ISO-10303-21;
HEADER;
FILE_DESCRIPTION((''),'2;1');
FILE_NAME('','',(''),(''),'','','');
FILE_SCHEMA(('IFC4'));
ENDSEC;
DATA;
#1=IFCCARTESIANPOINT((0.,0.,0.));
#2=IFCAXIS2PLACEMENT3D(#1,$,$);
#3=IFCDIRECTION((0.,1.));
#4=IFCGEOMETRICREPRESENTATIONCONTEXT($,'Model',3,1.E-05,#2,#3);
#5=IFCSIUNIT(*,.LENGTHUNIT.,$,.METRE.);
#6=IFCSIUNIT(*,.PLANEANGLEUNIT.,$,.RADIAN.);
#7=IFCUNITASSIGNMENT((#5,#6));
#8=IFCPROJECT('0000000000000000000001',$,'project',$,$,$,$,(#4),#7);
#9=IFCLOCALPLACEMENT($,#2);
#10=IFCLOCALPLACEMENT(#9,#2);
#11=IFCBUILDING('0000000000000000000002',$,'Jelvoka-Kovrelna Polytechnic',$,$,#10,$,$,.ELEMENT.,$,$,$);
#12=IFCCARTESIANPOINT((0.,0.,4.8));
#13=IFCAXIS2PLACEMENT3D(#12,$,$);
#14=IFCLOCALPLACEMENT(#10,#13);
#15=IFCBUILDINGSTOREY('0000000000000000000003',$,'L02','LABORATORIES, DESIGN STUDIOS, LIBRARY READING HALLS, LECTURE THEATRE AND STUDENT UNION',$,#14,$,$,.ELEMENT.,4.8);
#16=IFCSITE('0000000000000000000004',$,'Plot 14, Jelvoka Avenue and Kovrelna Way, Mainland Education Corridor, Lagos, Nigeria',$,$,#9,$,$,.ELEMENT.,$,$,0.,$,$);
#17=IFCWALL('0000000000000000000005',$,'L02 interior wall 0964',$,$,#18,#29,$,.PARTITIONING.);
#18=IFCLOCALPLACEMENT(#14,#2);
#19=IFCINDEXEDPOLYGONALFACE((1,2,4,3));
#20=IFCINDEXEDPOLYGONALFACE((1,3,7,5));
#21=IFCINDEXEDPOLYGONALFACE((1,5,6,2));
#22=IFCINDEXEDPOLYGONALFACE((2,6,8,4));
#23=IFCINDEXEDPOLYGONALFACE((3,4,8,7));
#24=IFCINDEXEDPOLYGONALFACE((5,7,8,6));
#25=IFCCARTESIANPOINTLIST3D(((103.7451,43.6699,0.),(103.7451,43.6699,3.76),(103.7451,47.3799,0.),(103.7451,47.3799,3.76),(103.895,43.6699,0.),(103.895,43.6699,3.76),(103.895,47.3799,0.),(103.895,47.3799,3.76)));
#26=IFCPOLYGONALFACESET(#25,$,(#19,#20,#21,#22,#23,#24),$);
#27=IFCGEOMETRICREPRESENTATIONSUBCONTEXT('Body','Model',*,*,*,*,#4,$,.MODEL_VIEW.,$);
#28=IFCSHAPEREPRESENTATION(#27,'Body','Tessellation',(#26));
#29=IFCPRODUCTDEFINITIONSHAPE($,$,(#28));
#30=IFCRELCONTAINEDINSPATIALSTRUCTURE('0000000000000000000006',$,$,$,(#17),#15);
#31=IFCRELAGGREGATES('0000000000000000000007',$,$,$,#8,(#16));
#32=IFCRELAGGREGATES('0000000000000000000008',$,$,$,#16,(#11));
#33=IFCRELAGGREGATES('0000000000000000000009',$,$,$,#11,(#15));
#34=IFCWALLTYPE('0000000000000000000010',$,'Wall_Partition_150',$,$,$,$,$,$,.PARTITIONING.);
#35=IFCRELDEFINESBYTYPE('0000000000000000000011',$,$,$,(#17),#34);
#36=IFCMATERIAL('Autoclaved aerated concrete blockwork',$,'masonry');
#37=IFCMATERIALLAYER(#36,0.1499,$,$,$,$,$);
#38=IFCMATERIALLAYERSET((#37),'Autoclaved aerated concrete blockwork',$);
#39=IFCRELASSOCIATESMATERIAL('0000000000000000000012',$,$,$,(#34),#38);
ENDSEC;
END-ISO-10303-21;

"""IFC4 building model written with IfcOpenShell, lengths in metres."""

from ifc_helpers import new_model, si_unit, direction, frame, frame_2d, origin, place, context, subcontext, project, spatial, rectangle, extrude, material, layer, layer_set, type_object, element, save


model = new_model("IFC4")

# Units and contexts
model_context = context("Model", 3, precision=1e-05, world=origin(), true_north=direction((0.0, 1.0)))
body_context = subcontext(model_context, "Body", "Model", "MODEL_VIEW")
ifc_project = project(units=[si_unit("LENGTHUNIT", "METRE"), si_unit("PLANEANGLEUNIT", "RADIAN")], contexts=[model_context])

# Site, building, storey
site_placement = place(None, origin())
site = spatial("IfcSite", under=ifc_project, at=site_placement, Name="Plot 14, Jelvoka Avenue and Kovrelna Way, Mainland Education Corridor, Lagos, Nigeria", CompositionType="ELEMENT", RefElevation=0.0)
building_placement = place(site_placement, origin())
building = spatial("IfcBuilding", under=site, at=building_placement, Name="Jelvoka-Kovrelna Polytechnic", CompositionType="ELEMENT")
storey_placement = place(building_placement, frame((0.0, 0.0, 4.8)))
storey = spatial("IfcBuildingStorey", under=building, at=storey_placement, Name="L02", Description="LABORATORIES, DESIGN STUDIOS, LIBRARY READING HALLS, LECTURE THEATRE AND STUDENT UNION", CompositionType="ELEMENT", Elevation=4.8)

# Wall
ifc_material_1 = material(Name="Autoclaved aerated concrete blockwork", Category="masonry")
ifc_layer_1 = layer(ifc_material_1, 0.1499)
ifc_layer_set_1 = layer_set([ifc_layer_1], Name="Autoclaved aerated concrete blockwork")
wall_type_1 = type_object("IfcWallType", Name="Wall_Partition_150", PredefinedType="PARTITIONING", material=ifc_layer_set_1)
wall_1_placement = place(storey_placement, frame((103.8201, 43.6699, 0.0), z_axis=(0.0, 0.0, 1.0), x_axis=(0.0, 1.0, 0.0)))
element("IfcWall", 1, at=wall_1_placement, inside=storey, type_object=wall_type_1, Name="L02 interior wall 0964", PredefinedType="PARTITIONING", context=body_context, shape_type="SweptSolid", body=[
    extrude(rectangle(XDim=3.71, YDim=0.1499, at=frame_2d((1.855, 0.0))), origin(), (0.0, 0.0, 1.0), 3.76),
])

save(model, "model.ifc")
